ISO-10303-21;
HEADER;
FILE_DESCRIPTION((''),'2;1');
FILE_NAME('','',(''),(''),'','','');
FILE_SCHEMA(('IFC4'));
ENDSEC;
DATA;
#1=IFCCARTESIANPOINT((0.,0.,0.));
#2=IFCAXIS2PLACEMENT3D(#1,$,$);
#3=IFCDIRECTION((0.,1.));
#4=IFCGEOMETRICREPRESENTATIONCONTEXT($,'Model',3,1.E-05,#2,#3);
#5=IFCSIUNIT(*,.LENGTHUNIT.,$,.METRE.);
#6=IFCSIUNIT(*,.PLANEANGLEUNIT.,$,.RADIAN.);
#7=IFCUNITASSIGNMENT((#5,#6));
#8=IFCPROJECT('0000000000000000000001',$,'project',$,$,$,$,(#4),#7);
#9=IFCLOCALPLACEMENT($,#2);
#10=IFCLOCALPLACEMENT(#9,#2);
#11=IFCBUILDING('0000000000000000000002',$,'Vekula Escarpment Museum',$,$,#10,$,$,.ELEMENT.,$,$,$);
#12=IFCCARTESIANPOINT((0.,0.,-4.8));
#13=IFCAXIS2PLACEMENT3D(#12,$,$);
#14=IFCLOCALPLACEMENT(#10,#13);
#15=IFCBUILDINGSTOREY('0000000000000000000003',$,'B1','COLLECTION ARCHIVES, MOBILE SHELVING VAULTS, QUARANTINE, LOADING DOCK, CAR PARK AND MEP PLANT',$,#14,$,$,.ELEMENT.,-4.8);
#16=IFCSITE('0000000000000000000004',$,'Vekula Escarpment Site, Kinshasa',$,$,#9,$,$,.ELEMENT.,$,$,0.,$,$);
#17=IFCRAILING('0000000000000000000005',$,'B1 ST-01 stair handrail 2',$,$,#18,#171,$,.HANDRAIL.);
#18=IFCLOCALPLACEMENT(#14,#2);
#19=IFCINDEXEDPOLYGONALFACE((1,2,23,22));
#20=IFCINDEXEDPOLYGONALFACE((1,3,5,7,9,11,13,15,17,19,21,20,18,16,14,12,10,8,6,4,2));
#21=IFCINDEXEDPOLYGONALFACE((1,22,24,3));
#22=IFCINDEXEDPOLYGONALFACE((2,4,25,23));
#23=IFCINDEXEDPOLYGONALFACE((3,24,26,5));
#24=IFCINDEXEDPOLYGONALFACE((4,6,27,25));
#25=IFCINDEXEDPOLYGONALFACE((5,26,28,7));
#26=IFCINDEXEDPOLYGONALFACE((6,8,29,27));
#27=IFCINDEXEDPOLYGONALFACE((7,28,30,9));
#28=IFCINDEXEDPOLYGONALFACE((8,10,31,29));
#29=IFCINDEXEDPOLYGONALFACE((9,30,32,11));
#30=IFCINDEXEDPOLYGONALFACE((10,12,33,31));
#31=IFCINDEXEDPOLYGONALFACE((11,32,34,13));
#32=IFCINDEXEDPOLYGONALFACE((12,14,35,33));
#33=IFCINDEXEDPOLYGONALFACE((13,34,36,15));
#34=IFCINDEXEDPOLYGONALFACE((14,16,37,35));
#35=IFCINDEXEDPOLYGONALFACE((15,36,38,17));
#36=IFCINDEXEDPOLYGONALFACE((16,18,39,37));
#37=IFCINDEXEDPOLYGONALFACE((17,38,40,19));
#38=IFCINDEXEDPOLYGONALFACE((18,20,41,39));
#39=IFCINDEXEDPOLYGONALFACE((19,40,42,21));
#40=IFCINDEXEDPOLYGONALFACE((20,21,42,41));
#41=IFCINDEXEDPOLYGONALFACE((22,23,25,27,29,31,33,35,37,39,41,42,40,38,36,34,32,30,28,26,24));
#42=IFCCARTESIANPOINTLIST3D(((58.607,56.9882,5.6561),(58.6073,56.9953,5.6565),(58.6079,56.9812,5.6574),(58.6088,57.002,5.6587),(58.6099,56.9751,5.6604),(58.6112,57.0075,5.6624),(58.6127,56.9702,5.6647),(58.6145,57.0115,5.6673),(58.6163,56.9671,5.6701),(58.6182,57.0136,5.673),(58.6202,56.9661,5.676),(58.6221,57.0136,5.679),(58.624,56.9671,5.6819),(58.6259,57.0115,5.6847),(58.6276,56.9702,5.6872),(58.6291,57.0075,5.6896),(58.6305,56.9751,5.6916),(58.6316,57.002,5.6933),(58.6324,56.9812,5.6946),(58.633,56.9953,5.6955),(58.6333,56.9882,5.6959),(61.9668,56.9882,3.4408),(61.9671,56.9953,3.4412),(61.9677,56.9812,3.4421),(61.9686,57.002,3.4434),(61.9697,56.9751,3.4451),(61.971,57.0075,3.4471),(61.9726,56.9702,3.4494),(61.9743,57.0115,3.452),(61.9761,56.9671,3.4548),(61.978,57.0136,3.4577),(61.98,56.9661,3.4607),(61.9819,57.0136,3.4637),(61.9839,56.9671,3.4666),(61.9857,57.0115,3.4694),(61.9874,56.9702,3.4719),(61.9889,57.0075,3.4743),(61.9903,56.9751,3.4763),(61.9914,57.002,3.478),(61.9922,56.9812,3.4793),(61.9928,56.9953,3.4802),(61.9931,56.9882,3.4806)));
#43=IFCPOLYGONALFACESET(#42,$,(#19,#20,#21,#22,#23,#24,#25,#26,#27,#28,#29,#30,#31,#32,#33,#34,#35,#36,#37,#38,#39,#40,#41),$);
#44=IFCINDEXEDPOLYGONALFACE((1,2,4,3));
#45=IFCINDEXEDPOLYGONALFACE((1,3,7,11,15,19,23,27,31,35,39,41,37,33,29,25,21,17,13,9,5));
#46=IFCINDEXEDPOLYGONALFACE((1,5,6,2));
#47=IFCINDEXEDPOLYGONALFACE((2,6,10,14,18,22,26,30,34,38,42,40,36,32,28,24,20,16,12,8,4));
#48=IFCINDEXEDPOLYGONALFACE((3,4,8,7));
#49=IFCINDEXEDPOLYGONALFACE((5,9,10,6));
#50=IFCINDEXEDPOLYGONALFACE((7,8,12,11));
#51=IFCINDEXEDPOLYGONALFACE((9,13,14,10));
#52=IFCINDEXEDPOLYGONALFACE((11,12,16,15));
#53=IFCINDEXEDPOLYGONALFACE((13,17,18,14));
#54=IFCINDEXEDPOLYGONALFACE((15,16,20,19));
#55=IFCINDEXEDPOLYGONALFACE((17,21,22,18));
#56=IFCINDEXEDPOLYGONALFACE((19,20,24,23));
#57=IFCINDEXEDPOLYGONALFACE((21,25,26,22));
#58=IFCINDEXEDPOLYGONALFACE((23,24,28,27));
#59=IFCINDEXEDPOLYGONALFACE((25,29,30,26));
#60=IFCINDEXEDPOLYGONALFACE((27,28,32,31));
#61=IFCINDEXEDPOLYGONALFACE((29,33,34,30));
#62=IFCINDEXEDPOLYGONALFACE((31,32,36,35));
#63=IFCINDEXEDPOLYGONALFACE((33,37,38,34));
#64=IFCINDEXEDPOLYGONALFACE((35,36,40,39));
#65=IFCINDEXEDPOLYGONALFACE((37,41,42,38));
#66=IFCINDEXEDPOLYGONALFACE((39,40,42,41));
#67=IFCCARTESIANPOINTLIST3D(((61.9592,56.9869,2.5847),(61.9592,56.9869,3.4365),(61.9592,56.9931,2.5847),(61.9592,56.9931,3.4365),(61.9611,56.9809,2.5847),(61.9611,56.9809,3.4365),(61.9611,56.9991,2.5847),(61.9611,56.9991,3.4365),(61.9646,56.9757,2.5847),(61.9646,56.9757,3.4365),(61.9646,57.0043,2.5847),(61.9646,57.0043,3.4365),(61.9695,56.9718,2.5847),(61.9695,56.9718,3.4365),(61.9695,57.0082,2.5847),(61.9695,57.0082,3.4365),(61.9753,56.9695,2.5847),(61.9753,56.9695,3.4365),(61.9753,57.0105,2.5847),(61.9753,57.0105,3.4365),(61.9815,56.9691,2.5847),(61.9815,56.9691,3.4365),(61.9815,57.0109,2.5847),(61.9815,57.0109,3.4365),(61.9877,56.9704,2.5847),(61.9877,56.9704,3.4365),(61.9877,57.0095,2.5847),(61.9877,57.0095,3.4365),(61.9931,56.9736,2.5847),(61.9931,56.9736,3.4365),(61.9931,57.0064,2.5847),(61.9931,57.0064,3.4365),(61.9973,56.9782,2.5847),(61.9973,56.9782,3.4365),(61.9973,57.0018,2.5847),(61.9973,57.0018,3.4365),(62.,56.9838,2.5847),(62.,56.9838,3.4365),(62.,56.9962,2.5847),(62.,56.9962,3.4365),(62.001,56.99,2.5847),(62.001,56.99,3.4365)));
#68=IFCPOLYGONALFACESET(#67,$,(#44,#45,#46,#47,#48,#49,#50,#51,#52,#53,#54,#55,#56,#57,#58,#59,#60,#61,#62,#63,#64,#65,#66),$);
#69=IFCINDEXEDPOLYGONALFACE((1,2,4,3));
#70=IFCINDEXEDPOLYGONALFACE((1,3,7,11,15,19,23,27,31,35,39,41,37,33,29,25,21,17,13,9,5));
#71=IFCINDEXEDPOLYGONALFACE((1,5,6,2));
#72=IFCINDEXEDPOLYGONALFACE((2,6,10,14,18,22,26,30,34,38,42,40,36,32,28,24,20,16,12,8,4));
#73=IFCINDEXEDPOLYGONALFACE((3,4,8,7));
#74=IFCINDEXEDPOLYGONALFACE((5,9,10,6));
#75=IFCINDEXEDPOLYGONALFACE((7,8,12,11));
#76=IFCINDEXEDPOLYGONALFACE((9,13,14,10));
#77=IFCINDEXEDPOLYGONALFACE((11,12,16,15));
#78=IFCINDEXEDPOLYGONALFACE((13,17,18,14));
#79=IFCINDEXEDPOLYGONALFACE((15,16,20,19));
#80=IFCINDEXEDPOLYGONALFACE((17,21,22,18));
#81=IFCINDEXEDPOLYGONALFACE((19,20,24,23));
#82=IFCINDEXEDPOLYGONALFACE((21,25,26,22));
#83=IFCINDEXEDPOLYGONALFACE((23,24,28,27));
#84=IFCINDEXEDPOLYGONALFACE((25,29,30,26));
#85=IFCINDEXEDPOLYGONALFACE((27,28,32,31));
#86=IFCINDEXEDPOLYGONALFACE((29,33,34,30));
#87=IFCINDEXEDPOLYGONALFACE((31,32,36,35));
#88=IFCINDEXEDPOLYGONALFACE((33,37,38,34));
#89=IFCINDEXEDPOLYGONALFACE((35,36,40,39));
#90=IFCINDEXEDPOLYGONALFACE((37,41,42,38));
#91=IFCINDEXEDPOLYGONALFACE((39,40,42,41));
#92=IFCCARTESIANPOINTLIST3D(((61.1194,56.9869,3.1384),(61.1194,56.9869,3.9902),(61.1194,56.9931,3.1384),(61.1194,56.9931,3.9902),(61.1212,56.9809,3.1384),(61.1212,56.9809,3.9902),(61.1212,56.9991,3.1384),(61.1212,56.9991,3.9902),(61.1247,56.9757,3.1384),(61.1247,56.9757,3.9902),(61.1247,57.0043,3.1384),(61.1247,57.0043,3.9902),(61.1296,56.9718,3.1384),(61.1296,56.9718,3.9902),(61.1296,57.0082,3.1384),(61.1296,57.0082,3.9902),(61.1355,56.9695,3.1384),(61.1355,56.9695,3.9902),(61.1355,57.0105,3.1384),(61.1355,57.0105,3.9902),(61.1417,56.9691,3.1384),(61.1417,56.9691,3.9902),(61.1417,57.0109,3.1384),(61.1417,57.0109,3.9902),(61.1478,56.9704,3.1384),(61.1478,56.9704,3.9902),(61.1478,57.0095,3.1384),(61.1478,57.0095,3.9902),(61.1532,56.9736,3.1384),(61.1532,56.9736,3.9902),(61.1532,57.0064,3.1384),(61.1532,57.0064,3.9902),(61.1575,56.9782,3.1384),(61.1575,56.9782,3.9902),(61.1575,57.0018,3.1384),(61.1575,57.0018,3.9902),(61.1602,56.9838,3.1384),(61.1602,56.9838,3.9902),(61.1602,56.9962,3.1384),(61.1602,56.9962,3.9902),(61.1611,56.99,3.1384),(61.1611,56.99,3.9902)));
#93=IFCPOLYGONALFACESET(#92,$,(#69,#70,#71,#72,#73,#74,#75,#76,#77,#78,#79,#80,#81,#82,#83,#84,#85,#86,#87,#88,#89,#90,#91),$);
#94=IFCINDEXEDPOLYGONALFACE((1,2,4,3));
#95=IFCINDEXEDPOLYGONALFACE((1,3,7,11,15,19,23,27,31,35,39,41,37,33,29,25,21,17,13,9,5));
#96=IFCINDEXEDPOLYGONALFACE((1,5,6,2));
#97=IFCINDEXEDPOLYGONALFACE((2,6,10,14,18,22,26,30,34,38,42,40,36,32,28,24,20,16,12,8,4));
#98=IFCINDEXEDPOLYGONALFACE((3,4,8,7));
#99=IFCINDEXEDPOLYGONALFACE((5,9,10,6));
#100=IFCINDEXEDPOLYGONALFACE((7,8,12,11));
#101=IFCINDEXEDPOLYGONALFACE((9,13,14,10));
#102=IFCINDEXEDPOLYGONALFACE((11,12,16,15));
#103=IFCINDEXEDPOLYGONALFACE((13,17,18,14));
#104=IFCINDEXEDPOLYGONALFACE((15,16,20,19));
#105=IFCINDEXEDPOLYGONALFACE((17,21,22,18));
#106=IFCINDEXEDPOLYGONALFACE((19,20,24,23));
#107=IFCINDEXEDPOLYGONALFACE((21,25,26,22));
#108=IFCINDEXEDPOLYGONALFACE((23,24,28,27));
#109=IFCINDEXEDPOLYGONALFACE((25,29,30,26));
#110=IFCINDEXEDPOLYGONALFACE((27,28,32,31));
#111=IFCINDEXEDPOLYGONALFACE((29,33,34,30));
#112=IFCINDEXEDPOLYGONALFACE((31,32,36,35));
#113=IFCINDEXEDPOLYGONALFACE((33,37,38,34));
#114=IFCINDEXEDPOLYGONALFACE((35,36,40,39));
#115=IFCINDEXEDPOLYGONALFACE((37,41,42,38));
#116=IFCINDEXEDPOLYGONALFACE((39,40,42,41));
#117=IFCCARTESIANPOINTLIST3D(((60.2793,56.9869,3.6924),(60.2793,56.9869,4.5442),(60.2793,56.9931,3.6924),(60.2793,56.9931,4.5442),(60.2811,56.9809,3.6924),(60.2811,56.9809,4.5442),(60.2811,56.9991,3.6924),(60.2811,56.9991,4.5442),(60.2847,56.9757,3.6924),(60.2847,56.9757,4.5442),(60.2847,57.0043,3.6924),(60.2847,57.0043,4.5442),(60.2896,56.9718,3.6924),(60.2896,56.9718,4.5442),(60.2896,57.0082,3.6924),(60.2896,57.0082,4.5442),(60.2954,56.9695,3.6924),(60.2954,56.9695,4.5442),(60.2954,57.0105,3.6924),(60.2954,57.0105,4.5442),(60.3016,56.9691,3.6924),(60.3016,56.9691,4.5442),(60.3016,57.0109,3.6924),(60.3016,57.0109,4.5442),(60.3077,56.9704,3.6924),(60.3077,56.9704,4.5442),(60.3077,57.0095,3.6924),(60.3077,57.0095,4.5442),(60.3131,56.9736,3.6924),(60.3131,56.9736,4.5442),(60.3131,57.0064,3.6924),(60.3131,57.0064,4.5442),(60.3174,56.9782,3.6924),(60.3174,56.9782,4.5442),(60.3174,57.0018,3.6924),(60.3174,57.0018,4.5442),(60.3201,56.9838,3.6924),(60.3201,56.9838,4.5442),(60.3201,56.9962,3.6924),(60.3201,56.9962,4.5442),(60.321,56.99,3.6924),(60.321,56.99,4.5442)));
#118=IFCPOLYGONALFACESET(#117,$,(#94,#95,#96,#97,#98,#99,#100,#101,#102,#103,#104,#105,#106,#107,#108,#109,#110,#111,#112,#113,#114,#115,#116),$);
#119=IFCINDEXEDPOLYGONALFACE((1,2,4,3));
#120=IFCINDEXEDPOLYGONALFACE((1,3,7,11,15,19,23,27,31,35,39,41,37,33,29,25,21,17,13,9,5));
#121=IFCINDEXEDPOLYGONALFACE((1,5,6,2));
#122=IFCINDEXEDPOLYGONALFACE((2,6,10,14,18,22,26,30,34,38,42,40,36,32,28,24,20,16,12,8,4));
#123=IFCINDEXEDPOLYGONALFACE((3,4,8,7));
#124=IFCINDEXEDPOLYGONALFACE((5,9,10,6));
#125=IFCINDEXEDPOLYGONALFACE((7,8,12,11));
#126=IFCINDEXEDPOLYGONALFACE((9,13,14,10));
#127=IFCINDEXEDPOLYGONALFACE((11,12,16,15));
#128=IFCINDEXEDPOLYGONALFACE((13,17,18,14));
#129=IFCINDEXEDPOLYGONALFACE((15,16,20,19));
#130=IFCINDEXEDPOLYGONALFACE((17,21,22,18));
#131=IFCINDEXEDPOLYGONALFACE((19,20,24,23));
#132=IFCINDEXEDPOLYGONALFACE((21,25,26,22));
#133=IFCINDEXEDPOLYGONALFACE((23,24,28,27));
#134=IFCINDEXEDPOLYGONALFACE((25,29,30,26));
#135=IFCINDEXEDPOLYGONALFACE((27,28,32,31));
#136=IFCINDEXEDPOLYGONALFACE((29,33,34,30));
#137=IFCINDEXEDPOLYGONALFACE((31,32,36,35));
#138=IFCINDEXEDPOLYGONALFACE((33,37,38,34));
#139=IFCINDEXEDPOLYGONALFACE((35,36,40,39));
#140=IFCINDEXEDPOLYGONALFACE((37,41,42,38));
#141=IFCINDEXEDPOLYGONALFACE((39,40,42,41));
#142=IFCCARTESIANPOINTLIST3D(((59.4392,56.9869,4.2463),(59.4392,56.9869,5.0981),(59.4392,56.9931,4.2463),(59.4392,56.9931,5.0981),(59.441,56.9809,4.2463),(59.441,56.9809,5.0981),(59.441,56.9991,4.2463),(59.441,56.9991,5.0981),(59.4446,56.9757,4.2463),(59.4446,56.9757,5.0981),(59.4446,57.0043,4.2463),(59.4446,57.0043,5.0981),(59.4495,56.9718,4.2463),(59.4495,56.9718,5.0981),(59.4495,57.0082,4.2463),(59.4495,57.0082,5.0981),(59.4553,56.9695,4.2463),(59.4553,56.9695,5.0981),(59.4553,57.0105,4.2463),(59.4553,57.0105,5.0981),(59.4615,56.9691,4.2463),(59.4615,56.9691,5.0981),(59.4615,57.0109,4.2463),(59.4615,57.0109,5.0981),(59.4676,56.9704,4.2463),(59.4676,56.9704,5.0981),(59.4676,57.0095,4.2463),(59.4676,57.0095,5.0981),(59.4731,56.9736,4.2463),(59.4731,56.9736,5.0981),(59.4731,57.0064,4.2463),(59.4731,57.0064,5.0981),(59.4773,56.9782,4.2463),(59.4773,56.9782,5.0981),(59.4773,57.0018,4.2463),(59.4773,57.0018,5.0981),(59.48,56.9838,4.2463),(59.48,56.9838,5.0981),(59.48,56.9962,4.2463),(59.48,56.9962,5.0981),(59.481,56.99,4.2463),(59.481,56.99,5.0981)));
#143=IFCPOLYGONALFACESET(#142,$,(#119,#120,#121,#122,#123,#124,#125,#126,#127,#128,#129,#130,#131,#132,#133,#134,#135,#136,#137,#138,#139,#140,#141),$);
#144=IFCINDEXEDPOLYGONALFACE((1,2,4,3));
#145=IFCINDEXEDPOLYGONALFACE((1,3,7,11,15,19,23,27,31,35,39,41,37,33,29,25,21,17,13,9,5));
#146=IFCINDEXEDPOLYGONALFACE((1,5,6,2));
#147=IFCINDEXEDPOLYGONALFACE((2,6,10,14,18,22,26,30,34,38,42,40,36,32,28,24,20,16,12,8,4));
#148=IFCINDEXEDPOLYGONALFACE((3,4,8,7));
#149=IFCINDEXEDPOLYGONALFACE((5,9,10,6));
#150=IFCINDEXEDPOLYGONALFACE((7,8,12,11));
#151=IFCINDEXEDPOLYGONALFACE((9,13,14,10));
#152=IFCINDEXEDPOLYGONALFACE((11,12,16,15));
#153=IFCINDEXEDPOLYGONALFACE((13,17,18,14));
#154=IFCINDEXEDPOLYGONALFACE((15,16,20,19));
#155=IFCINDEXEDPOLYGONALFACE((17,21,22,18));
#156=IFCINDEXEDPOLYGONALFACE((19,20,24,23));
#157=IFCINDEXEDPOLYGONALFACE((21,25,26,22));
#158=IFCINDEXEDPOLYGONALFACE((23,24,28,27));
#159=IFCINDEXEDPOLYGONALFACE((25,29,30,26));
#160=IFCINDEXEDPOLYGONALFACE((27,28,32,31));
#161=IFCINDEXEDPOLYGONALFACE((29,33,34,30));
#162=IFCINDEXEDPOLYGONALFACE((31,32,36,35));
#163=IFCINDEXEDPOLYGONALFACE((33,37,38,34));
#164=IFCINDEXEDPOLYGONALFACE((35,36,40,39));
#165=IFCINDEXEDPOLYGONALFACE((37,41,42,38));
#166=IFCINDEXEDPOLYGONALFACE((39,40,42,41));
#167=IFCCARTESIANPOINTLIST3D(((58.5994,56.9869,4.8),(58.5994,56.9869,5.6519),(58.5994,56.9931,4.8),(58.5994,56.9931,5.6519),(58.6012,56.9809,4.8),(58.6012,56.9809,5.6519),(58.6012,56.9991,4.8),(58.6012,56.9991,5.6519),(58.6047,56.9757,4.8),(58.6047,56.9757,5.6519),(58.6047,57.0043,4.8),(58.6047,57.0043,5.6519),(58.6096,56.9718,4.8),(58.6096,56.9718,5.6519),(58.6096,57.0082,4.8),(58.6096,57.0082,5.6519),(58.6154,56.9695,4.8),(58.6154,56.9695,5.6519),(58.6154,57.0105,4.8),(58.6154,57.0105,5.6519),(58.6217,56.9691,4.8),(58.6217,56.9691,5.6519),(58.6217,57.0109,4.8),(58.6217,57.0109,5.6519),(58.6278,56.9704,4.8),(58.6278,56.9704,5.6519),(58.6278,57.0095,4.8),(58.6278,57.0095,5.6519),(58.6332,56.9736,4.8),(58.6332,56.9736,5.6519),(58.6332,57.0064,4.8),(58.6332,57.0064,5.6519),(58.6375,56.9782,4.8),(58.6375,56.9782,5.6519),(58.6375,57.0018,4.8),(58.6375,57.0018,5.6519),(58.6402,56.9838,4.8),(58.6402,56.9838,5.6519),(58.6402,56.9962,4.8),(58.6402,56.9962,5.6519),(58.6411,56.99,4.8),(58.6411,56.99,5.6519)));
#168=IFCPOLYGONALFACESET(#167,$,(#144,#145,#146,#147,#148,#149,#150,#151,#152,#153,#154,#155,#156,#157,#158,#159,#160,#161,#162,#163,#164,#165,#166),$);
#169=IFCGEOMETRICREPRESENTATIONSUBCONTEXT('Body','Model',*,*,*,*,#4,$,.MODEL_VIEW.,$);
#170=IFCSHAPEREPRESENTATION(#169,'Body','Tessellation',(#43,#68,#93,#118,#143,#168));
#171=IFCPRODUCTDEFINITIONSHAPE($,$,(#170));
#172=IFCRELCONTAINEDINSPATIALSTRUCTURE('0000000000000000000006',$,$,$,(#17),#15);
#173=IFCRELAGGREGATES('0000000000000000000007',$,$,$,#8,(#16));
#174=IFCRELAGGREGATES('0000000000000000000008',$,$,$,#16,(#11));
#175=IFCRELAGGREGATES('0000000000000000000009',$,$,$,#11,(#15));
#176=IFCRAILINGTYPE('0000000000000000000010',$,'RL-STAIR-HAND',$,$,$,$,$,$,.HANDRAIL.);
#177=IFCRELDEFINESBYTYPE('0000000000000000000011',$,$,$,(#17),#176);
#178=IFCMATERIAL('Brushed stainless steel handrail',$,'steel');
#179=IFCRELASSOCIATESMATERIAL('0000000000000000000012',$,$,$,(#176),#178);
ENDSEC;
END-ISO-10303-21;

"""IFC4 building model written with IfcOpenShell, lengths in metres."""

from ifc_helpers import new_model, si_unit, direction, frame, origin, origin_2d, place, context, subcontext, project, spatial, circle, extrude, material, type_object, element, save


model = new_model("IFC4")

# Units and contexts
model_context = context("Model", 3, precision=1e-05, world=origin(), true_north=direction((0.0, 1.0)))
body_context = subcontext(model_context, "Body", "Model", "MODEL_VIEW")
ifc_project = project(units=[si_unit("LENGTHUNIT", "METRE"), si_unit("PLANEANGLEUNIT", "RADIAN")], contexts=[model_context])

# Site, building, storey
site_placement = place(None, origin())
site = spatial("IfcSite", under=ifc_project, at=site_placement, Name="Vekula Escarpment Site, Kinshasa", CompositionType="ELEMENT", RefElevation=0.0)
building_placement = place(site_placement, origin())
building = spatial("IfcBuilding", under=site, at=building_placement, Name="Vekula Escarpment Museum", CompositionType="ELEMENT")
storey_placement = place(building_placement, frame((0.0, 0.0, -4.8)))
storey = spatial("IfcBuildingStorey", under=building, at=storey_placement, Name="B1", Description="COLLECTION ARCHIVES, MOBILE SHELVING VAULTS, QUARANTINE, LOADING DOCK, CAR PARK AND MEP PLANT", CompositionType="ELEMENT", Elevation=-4.8)

# Railing
ifc_material_1 = material(Name="Brushed stainless steel handrail", Category="steel")
railing_type_1 = type_object("IfcRailingType", Name="RL-STAIR-HAND", PredefinedType="HANDRAIL", material=ifc_material_1)
railing_1_placement = place(storey_placement, frame((61.98, 56.99, 2.5847)))
element("IfcRailing", 1, at=railing_1_placement, inside=storey, type_object=railing_type_1, Name="B1 ST-01 stair handrail 2", PredefinedType="HANDRAIL", context=body_context, shape_type="SweptSolid", body=[
    extrude(circle(Radius=0.0239, at=origin_2d()), frame((0.0, 0.0, 0.876), z_axis=(-0.834858, 0.0, 0.550465), x_axis=(0.0, -1.0, 0.0)), (0.0, 0.0, 1.0), 4.0244),
    extrude(circle(Radius=0.021, at=origin_2d()), origin(), (0.0, 0.0, 1.0), 0.8518),
    extrude(circle(Radius=0.021, at=origin_2d()), frame((-0.8398, 0.0, 0.5537)), (0.0, 0.0, 1.0), 0.8518),
    extrude(circle(Radius=0.021, at=origin_2d()), frame((-1.6799, 0.0, 1.1077)), (0.0, 0.0, 1.0), 0.8518),
    extrude(circle(Radius=0.021, at=origin_2d()), frame((-2.52, 0.0, 1.6616)), (0.0, 0.0, 1.0), 0.8518),
    extrude(circle(Radius=0.021, at=origin_2d()), frame((-3.3599, 0.0, 2.2153)), (0.0, 0.0, 1.0), 0.8518),
])

save(model, "model.ifc")
